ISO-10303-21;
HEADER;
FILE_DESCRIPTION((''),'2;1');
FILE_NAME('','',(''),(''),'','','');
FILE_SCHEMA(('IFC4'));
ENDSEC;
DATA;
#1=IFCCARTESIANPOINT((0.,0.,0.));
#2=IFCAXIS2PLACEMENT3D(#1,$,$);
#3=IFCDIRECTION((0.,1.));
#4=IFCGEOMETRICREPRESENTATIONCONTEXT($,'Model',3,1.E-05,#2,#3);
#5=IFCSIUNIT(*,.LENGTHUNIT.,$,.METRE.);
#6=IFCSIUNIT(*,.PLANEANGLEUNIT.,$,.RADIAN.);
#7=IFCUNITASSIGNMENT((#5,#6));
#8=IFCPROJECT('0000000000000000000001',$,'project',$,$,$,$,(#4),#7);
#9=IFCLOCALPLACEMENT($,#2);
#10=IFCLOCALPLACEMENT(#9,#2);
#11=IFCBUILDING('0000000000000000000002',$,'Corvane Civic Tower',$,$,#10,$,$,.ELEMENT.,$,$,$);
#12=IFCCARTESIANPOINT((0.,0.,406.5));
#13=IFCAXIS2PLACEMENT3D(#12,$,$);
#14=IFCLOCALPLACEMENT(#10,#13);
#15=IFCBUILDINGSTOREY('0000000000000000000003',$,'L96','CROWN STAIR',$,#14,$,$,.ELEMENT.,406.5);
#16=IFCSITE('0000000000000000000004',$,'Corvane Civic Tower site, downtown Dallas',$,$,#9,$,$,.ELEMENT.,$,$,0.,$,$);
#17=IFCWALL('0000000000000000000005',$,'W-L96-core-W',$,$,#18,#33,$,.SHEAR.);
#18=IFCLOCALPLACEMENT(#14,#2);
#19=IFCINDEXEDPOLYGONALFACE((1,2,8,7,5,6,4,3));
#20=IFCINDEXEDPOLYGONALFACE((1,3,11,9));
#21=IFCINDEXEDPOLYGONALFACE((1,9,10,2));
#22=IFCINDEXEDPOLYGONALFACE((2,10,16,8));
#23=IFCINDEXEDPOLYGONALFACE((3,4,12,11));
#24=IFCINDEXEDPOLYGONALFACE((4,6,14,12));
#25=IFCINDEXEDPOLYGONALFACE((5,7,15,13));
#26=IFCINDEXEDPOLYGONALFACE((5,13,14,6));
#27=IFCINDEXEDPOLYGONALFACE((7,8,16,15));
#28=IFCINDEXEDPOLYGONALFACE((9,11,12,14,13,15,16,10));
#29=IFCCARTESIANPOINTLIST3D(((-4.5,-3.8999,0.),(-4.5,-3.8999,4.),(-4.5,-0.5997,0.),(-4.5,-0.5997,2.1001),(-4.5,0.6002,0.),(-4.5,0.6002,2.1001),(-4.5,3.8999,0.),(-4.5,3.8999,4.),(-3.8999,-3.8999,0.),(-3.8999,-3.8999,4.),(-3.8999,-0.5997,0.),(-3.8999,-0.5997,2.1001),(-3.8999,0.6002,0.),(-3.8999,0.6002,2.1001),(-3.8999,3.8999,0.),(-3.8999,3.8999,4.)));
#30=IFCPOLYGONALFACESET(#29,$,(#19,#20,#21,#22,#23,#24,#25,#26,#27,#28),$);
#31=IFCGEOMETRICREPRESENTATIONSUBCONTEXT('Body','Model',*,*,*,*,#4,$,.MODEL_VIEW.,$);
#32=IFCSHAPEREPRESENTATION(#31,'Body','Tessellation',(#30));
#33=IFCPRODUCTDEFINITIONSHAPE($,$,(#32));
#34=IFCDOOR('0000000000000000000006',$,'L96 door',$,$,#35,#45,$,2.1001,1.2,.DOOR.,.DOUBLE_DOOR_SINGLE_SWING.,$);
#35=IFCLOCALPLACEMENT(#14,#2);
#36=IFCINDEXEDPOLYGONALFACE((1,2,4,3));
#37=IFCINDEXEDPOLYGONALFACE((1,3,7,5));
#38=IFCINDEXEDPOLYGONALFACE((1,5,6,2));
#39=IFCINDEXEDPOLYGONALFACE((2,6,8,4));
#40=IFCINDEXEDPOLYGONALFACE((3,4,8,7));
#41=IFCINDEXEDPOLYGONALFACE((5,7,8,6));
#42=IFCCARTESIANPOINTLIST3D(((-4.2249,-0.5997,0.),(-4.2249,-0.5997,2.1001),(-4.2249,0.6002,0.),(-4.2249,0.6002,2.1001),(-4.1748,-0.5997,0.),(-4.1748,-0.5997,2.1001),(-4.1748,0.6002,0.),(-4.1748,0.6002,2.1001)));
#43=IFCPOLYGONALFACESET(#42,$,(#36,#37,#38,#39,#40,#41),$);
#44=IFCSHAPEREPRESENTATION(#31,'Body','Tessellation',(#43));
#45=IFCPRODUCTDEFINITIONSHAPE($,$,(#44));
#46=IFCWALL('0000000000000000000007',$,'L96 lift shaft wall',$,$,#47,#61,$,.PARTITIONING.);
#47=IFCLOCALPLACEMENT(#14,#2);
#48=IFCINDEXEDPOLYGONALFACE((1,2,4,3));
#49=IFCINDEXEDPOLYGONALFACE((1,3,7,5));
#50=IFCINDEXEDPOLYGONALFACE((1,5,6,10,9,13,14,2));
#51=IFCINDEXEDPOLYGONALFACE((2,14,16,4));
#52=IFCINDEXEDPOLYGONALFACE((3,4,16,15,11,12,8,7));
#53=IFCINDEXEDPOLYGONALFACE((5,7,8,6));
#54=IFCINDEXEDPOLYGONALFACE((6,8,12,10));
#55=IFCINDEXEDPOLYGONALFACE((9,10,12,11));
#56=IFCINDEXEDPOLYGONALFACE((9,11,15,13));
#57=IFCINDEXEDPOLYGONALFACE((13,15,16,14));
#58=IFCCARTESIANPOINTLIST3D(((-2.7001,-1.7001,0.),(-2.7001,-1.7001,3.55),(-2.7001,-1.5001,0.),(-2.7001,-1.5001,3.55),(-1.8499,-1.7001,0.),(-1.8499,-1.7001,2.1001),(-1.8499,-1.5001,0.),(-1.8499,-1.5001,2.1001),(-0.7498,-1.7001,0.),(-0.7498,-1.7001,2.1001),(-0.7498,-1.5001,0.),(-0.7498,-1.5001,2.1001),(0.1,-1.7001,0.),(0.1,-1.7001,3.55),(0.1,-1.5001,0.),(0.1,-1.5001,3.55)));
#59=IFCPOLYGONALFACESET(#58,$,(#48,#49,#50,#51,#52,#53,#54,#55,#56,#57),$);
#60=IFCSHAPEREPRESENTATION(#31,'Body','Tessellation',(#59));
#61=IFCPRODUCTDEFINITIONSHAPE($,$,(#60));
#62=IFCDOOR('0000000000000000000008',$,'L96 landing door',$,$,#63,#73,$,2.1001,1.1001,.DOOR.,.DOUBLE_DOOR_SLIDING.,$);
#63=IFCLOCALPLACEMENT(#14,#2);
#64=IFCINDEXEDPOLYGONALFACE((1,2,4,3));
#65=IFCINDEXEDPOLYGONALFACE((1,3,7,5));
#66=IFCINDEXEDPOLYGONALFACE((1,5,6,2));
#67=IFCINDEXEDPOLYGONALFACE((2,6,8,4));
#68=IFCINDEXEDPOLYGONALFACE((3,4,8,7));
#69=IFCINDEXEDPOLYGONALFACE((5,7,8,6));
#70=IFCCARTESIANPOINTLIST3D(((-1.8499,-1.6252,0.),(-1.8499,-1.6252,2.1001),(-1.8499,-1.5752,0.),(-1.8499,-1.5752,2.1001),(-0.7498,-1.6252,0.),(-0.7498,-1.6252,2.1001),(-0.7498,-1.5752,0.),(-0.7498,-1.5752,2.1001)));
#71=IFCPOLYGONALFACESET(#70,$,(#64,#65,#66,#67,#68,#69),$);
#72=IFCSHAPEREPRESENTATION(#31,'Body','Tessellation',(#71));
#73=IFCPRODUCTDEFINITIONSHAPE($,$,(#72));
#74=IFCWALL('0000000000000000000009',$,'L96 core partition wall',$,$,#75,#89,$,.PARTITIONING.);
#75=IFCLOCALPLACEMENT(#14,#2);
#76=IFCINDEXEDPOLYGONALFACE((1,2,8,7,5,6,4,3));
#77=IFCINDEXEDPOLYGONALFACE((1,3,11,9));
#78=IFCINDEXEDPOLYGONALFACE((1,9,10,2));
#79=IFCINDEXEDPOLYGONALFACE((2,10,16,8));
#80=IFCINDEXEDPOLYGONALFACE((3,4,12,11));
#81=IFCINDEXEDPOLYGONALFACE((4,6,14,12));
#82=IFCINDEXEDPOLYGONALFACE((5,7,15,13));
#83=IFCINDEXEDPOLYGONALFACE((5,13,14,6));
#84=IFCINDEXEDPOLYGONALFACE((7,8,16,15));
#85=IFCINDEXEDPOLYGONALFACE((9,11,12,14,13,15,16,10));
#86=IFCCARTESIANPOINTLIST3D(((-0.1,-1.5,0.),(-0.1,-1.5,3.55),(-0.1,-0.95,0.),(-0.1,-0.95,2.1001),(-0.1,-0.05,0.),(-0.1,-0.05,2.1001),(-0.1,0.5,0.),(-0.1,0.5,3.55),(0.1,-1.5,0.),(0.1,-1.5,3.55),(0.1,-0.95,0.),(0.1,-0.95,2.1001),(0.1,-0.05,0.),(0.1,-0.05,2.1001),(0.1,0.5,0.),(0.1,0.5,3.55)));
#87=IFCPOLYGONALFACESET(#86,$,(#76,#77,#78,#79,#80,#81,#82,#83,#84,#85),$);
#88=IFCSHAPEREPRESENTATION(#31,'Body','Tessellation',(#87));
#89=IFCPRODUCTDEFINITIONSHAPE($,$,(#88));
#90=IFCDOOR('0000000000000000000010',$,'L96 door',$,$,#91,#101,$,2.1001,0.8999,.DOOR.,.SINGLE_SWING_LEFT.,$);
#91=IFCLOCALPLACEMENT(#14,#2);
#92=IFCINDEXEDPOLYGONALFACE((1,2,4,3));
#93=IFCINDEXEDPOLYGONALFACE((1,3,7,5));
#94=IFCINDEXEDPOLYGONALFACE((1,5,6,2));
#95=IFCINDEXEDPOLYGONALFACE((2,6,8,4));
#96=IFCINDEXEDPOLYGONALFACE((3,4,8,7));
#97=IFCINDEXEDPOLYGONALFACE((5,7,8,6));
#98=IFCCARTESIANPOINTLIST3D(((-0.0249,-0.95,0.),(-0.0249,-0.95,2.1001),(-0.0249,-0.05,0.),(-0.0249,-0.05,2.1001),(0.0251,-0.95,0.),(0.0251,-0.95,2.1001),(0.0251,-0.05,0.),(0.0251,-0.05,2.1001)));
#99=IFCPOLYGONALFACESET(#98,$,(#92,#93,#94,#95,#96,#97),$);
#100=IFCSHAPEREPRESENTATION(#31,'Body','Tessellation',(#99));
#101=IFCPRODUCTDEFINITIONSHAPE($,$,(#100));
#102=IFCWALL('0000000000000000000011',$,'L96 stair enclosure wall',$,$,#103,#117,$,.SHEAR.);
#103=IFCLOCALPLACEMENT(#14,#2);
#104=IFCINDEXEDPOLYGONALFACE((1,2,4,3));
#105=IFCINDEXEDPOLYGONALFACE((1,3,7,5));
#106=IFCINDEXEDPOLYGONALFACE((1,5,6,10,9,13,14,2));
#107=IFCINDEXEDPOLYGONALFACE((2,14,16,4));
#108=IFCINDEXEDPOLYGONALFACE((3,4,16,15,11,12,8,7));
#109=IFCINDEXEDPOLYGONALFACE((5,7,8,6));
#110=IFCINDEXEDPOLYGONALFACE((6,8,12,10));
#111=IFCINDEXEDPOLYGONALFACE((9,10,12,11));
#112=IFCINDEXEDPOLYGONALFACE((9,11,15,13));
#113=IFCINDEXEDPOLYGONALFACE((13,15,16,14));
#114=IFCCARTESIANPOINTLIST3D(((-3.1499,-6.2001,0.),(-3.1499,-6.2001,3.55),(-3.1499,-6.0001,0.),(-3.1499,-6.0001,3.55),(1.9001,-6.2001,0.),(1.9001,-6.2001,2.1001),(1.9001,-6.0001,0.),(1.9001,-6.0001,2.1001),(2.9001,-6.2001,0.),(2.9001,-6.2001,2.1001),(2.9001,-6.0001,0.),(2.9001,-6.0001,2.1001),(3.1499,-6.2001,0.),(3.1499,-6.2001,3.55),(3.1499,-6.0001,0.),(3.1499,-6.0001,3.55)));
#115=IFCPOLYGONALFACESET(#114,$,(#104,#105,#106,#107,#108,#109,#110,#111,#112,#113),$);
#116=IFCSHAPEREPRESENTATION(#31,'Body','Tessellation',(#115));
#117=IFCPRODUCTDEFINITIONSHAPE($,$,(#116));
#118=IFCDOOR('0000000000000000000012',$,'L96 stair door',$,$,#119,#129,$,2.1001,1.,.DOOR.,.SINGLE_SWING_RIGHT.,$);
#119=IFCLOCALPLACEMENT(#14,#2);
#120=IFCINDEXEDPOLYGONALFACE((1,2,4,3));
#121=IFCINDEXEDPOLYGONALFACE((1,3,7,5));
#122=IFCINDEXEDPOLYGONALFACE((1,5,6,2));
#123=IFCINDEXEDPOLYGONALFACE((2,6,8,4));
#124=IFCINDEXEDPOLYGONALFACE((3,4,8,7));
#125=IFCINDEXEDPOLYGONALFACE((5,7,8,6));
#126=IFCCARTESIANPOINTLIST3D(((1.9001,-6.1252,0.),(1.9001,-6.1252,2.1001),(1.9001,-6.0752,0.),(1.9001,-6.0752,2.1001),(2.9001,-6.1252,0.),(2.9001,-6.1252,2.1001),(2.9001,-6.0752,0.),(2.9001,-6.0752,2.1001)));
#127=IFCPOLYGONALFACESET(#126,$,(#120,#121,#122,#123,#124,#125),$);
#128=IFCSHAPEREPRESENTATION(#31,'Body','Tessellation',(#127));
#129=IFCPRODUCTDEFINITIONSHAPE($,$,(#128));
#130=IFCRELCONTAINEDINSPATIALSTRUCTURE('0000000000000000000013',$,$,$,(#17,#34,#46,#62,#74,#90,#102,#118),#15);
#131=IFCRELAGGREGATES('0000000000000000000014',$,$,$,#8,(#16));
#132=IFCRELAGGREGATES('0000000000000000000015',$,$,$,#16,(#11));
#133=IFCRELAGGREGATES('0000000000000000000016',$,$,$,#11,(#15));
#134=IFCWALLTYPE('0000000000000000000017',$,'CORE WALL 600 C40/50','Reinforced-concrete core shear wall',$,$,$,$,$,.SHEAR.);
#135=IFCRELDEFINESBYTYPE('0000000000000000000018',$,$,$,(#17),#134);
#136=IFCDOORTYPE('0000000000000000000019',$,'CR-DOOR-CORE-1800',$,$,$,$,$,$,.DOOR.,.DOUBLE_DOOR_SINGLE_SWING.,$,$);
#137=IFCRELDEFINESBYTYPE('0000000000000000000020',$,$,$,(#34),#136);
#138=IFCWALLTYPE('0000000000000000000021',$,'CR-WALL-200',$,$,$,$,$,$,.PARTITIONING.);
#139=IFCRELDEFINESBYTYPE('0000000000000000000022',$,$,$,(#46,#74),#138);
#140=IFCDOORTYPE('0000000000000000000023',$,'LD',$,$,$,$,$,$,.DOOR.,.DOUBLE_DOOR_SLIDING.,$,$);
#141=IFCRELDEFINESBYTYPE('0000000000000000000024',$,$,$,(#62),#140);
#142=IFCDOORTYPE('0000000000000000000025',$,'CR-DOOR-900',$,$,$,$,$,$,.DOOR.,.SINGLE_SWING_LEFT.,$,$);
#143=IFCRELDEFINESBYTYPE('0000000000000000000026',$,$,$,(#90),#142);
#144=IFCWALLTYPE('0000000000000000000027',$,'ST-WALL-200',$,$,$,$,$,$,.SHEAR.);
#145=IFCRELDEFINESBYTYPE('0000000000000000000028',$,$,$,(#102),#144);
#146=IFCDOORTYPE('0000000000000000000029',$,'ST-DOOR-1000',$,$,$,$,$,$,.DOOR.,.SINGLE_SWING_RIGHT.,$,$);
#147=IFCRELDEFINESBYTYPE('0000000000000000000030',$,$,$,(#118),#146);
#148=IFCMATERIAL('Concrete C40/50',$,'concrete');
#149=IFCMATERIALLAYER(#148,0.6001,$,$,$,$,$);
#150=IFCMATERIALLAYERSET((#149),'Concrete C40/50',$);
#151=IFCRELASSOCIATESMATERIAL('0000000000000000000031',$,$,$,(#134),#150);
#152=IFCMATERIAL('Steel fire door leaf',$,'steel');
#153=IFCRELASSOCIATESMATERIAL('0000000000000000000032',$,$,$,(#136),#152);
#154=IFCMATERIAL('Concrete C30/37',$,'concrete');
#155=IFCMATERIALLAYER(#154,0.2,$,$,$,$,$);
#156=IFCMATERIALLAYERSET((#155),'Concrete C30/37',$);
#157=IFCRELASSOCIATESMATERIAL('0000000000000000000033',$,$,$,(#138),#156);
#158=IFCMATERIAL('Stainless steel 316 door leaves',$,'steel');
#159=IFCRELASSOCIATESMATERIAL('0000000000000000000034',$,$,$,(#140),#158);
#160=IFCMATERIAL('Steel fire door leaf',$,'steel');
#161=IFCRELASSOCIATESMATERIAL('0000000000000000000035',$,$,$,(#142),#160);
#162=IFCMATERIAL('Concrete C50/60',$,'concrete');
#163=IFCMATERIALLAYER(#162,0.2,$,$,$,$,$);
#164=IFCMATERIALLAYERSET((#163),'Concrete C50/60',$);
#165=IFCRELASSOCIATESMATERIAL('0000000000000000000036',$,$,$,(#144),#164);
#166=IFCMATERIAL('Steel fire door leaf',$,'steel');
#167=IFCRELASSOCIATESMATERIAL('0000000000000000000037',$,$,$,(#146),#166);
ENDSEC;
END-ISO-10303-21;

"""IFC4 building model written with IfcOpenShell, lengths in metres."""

from ifc_helpers import new_model, si_unit, direction, frame, frame_2d, origin, place, context, subcontext, project, spatial, rectangle, extrude, material, layer, layer_set, type_object, element, fill, save


model = new_model("IFC4")

# Units and contexts
model_context = context("Model", 3, precision=1e-05, world=origin(), true_north=direction((0.0, 1.0)))
body_context = subcontext(model_context, "Body", "Model", "MODEL_VIEW")
ifc_project = project(units=[si_unit("LENGTHUNIT", "METRE"), si_unit("PLANEANGLEUNIT", "RADIAN")], contexts=[model_context])

# Site, building, storey
site_placement = place(None, origin())
site = spatial("IfcSite", under=ifc_project, at=site_placement, Name="Corvane Civic Tower site, downtown Dallas", CompositionType="ELEMENT", RefElevation=0.0)
building_placement = place(site_placement, origin())
building = spatial("IfcBuilding", under=site, at=building_placement, Name="Corvane Civic Tower", CompositionType="ELEMENT")
storey_placement = place(building_placement, frame((0.0, 0.0, 406.5)))
storey = spatial("IfcBuildingStorey", under=building, at=storey_placement, Name="L96", Description="CROWN STAIR", CompositionType="ELEMENT", Elevation=406.5)

# Walls, openings, doors
ifc_material_1 = material(Name="Concrete C40/50", Category="concrete")
ifc_layer_1 = layer(ifc_material_1, 0.6001)
ifc_layer_set_1 = layer_set([ifc_layer_1], Name="Concrete C40/50")
wall_type_1 = type_object("IfcWallType", Name="CORE WALL 600 C40/50", Description="Reinforced-concrete core shear wall", PredefinedType="SHEAR", material=ifc_layer_set_1)
ifc_material_2 = material(Name="Steel fire door leaf", Category="steel")
door_type_1 = type_object("IfcDoorType", Name="CR-DOOR-CORE-1800", OperationType="DOUBLE_DOOR_SINGLE_SWING", PredefinedType="DOOR", material=ifc_material_2)
wall_1_placement = place(storey_placement, frame((-4.2, -3.8999, 0.0), z_axis=(0.0, 0.0, 1.0), x_axis=(0.0, 1.0, 0.0)))
wall_1 = element("IfcWall", 1, at=wall_1_placement, inside=storey, type_object=wall_type_1, Name="W-L96-core-W", PredefinedType="SHEAR", context=body_context, shape_type="SweptSolid", body=[
    extrude(rectangle(XDim=7.7998, YDim=0.6001, at=frame_2d((3.8999, 0.0))), origin(), (0.0, 0.0, 1.0), 4.0),
])
opening_1_placement = place(wall_1_placement, frame((3.3, 0.0, 0.0)))
opening_1 = element("IfcOpeningElement", 2, at=opening_1_placement, cuts=wall_1, PredefinedType="OPENING", context=body_context, shape_type="SweptSolid", body=[
    extrude(rectangle(XDim=1.2, YDim=2.1001, at=frame_2d((0.6001, 1.05))), frame((0.0, 0.3101, 0.0), z_axis=(0.0, -1.0, 0.0), x_axis=(1.0, 0.0, 0.0)), (0.0, 0.0, 1.0), 0.6201),
])
door_1_placement = place(opening_1_placement, origin())
door_1 = element("IfcDoor", 3, at=door_1_placement, inside=storey, type_object=door_type_1, Name="L96 door", OperationType="DOUBLE_DOOR_SINGLE_SWING", OverallHeight=2.1001, OverallWidth=1.2, PredefinedType="DOOR", context=body_context, shape_type="SweptSolid", body=[
    extrude(rectangle(XDim=1.2, YDim=2.1001, at=frame_2d((0.6001, 1.05))), frame((0.0, 0.0249, 0.0), z_axis=(0.0, -1.0, 0.0), x_axis=(1.0, 0.0, 0.0)), (0.0, 0.0, 1.0), 0.05),
])
fill(opening_1, door_1)
ifc_material_3 = material(Name="Concrete C30/37", Category="concrete")
ifc_layer_2 = layer(ifc_material_3, 0.2)
ifc_layer_set_2 = layer_set([ifc_layer_2], Name="Concrete C30/37")
wall_type_2 = type_object("IfcWallType", Name="CR-WALL-200", PredefinedType="PARTITIONING", material=ifc_layer_set_2)
wall_2_placement = place(storey_placement, frame((-2.7, -1.6001, 0.0), z_axis=(0.0, 0.0, 1.0), x_axis=(1.0, 0.0, 0.0)))
wall_2 = element("IfcWall", 4, at=wall_2_placement, inside=storey, type_object=wall_type_2, Name="L96 lift shaft wall", PredefinedType="PARTITIONING", context=body_context, shape_type="SweptSolid", body=[
    extrude(rectangle(XDim=2.8, YDim=0.2, at=frame_2d((1.3999, 0.0))), origin(), (0.0, 0.0, 1.0), 3.55),
])
opening_2_placement = place(wall_2_placement, frame((0.8501, 0.0, 0.0)))
opening_2 = element("IfcOpeningElement", 5, at=opening_2_placement, cuts=wall_2, PredefinedType="OPENING", context=body_context, shape_type="SweptSolid", body=[
    extrude(rectangle(XDim=1.1001, YDim=2.1001, at=frame_2d((0.55, 1.05))), frame((0.0, 0.1099, 0.0), z_axis=(0.0, -1.0, 0.0), x_axis=(1.0, 0.0, 0.0)), (0.0, 0.0, 1.0), 0.22),
])
ifc_material_4 = material(Name="Stainless steel 316 door leaves", Category="steel")
door_type_2 = type_object("IfcDoorType", Name="LD", OperationType="DOUBLE_DOOR_SLIDING", PredefinedType="DOOR", material=ifc_material_4)
door_2_placement = place(opening_2_placement, origin())
door_2 = element("IfcDoor", 6, at=door_2_placement, inside=storey, type_object=door_type_2, Name="L96 landing door", OperationType="DOUBLE_DOOR_SLIDING", OverallHeight=2.1001, OverallWidth=1.1001, PredefinedType="DOOR", context=body_context, shape_type="SweptSolid", body=[
    extrude(rectangle(XDim=1.1001, YDim=2.1001, at=frame_2d((0.55, 1.05))), frame((0.0, 0.0249, 0.0), z_axis=(0.0, -1.0, 0.0), x_axis=(1.0, 0.0, 0.0)), (0.0, 0.0, 1.0), 0.05),
])
fill(opening_2, door_2)
wall_3_placement = place(storey_placement, frame((0.0, -1.5, 0.0), z_axis=(0.0, 0.0, 1.0), x_axis=(0.0, 1.0, 0.0)))
wall_3 = element("IfcWall", 7, at=wall_3_placement, inside=storey, type_object=wall_type_2, Name="L96 core partition wall", PredefinedType="PARTITIONING", context=body_context, shape_type="SweptSolid", body=[
    extrude(rectangle(XDim=2.0, YDim=0.2, at=frame_2d((1.0, 0.0))), origin(), (0.0, 0.0, 1.0), 3.55),
])
opening_3_placement = place(wall_3_placement, frame((0.55, 0.0, 0.0)))
opening_3 = element("IfcOpeningElement", 8, at=opening_3_placement, cuts=wall_3, PredefinedType="OPENING", context=body_context, shape_type="SweptSolid", body=[
    extrude(rectangle(XDim=0.8999, YDim=2.1001, at=frame_2d((0.45, 1.05))), frame((0.0, 0.1099, 0.0), z_axis=(0.0, -1.0, 0.0), x_axis=(1.0, 0.0, 0.0)), (0.0, 0.0, 1.0), 0.22),
])
ifc_material_5 = material(Name="Steel fire door leaf", Category="steel")
door_type_3 = type_object("IfcDoorType", Name="CR-DOOR-900", OperationType="SINGLE_SWING_LEFT", PredefinedType="DOOR", material=ifc_material_5)
door_3_placement = place(opening_3_placement, origin())
door_3 = element("IfcDoor", 9, at=door_3_placement, inside=storey, type_object=door_type_3, Name="L96 door", OperationType="SINGLE_SWING_LEFT", OverallHeight=2.1001, OverallWidth=0.8999, PredefinedType="DOOR", context=body_context, shape_type="SweptSolid", body=[
    extrude(rectangle(XDim=0.8999, YDim=2.1001, at=frame_2d((0.45, 1.05))), frame((0.0, 0.0249, 0.0), z_axis=(0.0, -1.0, 0.0), x_axis=(1.0, 0.0, 0.0)), (0.0, 0.0, 1.0), 0.05),
])
fill(opening_3, door_3)
ifc_material_6 = material(Name="Concrete C50/60", Category="concrete")
ifc_layer_3 = layer(ifc_material_6, 0.2)
ifc_layer_set_3 = layer_set([ifc_layer_3], Name="Concrete C50/60")
wall_type_3 = type_object("IfcWallType", Name="ST-WALL-200", PredefinedType="SHEAR", material=ifc_layer_set_3)
wall_4_placement = place(storey_placement, frame((-3.1499, -6.1001, 0.0), z_axis=(0.0, 0.0, 1.0), x_axis=(1.0, 0.0, 0.0)))
wall_4 = element("IfcWall", 10, at=wall_4_placement, inside=storey, type_object=wall_type_3, Name="L96 stair enclosure wall", PredefinedType="SHEAR", context=body_context, shape_type="SweptSolid", body=[
    extrude(rectangle(XDim=6.2998, YDim=0.2, at=frame_2d((3.1499, 0.0))), origin(), (0.0, 0.0, 1.0), 3.55),
])
opening_4_placement = place(wall_4_placement, frame((5.05, 0.0, 0.0)))
opening_4 = element("IfcOpeningElement", 11, at=opening_4_placement, cuts=wall_4, PredefinedType="OPENING", context=body_context, shape_type="SweptSolid", body=[
    extrude(rectangle(XDim=1.0, YDim=2.1001, at=frame_2d((0.5, 1.05))), frame((0.0, 0.1099, 0.0), z_axis=(0.0, -1.0, 0.0), x_axis=(1.0, 0.0, 0.0)), (0.0, 0.0, 1.0), 0.22),
])
ifc_material_7 = material(Name="Steel fire door leaf", Category="steel")
door_type_4 = type_object("IfcDoorType", Name="ST-DOOR-1000", OperationType="SINGLE_SWING_RIGHT", PredefinedType="DOOR", material=ifc_material_7)
door_4_placement = place(opening_4_placement, origin())
door_4 = element("IfcDoor", 12, at=door_4_placement, inside=storey, type_object=door_type_4, Name="L96 stair door", OperationType="SINGLE_SWING_RIGHT", OverallHeight=2.1001, OverallWidth=1.0, PredefinedType="DOOR", context=body_context, shape_type="SweptSolid", body=[
    extrude(rectangle(XDim=1.0, YDim=2.1001, at=frame_2d((0.5, 1.05))), frame((0.0, 0.0249, 0.0), z_axis=(0.0, -1.0, 0.0), x_axis=(1.0, 0.0, 0.0)), (0.0, 0.0, 1.0), 0.05),
])
fill(opening_4, door_4)

save(model, "model.ifc")
